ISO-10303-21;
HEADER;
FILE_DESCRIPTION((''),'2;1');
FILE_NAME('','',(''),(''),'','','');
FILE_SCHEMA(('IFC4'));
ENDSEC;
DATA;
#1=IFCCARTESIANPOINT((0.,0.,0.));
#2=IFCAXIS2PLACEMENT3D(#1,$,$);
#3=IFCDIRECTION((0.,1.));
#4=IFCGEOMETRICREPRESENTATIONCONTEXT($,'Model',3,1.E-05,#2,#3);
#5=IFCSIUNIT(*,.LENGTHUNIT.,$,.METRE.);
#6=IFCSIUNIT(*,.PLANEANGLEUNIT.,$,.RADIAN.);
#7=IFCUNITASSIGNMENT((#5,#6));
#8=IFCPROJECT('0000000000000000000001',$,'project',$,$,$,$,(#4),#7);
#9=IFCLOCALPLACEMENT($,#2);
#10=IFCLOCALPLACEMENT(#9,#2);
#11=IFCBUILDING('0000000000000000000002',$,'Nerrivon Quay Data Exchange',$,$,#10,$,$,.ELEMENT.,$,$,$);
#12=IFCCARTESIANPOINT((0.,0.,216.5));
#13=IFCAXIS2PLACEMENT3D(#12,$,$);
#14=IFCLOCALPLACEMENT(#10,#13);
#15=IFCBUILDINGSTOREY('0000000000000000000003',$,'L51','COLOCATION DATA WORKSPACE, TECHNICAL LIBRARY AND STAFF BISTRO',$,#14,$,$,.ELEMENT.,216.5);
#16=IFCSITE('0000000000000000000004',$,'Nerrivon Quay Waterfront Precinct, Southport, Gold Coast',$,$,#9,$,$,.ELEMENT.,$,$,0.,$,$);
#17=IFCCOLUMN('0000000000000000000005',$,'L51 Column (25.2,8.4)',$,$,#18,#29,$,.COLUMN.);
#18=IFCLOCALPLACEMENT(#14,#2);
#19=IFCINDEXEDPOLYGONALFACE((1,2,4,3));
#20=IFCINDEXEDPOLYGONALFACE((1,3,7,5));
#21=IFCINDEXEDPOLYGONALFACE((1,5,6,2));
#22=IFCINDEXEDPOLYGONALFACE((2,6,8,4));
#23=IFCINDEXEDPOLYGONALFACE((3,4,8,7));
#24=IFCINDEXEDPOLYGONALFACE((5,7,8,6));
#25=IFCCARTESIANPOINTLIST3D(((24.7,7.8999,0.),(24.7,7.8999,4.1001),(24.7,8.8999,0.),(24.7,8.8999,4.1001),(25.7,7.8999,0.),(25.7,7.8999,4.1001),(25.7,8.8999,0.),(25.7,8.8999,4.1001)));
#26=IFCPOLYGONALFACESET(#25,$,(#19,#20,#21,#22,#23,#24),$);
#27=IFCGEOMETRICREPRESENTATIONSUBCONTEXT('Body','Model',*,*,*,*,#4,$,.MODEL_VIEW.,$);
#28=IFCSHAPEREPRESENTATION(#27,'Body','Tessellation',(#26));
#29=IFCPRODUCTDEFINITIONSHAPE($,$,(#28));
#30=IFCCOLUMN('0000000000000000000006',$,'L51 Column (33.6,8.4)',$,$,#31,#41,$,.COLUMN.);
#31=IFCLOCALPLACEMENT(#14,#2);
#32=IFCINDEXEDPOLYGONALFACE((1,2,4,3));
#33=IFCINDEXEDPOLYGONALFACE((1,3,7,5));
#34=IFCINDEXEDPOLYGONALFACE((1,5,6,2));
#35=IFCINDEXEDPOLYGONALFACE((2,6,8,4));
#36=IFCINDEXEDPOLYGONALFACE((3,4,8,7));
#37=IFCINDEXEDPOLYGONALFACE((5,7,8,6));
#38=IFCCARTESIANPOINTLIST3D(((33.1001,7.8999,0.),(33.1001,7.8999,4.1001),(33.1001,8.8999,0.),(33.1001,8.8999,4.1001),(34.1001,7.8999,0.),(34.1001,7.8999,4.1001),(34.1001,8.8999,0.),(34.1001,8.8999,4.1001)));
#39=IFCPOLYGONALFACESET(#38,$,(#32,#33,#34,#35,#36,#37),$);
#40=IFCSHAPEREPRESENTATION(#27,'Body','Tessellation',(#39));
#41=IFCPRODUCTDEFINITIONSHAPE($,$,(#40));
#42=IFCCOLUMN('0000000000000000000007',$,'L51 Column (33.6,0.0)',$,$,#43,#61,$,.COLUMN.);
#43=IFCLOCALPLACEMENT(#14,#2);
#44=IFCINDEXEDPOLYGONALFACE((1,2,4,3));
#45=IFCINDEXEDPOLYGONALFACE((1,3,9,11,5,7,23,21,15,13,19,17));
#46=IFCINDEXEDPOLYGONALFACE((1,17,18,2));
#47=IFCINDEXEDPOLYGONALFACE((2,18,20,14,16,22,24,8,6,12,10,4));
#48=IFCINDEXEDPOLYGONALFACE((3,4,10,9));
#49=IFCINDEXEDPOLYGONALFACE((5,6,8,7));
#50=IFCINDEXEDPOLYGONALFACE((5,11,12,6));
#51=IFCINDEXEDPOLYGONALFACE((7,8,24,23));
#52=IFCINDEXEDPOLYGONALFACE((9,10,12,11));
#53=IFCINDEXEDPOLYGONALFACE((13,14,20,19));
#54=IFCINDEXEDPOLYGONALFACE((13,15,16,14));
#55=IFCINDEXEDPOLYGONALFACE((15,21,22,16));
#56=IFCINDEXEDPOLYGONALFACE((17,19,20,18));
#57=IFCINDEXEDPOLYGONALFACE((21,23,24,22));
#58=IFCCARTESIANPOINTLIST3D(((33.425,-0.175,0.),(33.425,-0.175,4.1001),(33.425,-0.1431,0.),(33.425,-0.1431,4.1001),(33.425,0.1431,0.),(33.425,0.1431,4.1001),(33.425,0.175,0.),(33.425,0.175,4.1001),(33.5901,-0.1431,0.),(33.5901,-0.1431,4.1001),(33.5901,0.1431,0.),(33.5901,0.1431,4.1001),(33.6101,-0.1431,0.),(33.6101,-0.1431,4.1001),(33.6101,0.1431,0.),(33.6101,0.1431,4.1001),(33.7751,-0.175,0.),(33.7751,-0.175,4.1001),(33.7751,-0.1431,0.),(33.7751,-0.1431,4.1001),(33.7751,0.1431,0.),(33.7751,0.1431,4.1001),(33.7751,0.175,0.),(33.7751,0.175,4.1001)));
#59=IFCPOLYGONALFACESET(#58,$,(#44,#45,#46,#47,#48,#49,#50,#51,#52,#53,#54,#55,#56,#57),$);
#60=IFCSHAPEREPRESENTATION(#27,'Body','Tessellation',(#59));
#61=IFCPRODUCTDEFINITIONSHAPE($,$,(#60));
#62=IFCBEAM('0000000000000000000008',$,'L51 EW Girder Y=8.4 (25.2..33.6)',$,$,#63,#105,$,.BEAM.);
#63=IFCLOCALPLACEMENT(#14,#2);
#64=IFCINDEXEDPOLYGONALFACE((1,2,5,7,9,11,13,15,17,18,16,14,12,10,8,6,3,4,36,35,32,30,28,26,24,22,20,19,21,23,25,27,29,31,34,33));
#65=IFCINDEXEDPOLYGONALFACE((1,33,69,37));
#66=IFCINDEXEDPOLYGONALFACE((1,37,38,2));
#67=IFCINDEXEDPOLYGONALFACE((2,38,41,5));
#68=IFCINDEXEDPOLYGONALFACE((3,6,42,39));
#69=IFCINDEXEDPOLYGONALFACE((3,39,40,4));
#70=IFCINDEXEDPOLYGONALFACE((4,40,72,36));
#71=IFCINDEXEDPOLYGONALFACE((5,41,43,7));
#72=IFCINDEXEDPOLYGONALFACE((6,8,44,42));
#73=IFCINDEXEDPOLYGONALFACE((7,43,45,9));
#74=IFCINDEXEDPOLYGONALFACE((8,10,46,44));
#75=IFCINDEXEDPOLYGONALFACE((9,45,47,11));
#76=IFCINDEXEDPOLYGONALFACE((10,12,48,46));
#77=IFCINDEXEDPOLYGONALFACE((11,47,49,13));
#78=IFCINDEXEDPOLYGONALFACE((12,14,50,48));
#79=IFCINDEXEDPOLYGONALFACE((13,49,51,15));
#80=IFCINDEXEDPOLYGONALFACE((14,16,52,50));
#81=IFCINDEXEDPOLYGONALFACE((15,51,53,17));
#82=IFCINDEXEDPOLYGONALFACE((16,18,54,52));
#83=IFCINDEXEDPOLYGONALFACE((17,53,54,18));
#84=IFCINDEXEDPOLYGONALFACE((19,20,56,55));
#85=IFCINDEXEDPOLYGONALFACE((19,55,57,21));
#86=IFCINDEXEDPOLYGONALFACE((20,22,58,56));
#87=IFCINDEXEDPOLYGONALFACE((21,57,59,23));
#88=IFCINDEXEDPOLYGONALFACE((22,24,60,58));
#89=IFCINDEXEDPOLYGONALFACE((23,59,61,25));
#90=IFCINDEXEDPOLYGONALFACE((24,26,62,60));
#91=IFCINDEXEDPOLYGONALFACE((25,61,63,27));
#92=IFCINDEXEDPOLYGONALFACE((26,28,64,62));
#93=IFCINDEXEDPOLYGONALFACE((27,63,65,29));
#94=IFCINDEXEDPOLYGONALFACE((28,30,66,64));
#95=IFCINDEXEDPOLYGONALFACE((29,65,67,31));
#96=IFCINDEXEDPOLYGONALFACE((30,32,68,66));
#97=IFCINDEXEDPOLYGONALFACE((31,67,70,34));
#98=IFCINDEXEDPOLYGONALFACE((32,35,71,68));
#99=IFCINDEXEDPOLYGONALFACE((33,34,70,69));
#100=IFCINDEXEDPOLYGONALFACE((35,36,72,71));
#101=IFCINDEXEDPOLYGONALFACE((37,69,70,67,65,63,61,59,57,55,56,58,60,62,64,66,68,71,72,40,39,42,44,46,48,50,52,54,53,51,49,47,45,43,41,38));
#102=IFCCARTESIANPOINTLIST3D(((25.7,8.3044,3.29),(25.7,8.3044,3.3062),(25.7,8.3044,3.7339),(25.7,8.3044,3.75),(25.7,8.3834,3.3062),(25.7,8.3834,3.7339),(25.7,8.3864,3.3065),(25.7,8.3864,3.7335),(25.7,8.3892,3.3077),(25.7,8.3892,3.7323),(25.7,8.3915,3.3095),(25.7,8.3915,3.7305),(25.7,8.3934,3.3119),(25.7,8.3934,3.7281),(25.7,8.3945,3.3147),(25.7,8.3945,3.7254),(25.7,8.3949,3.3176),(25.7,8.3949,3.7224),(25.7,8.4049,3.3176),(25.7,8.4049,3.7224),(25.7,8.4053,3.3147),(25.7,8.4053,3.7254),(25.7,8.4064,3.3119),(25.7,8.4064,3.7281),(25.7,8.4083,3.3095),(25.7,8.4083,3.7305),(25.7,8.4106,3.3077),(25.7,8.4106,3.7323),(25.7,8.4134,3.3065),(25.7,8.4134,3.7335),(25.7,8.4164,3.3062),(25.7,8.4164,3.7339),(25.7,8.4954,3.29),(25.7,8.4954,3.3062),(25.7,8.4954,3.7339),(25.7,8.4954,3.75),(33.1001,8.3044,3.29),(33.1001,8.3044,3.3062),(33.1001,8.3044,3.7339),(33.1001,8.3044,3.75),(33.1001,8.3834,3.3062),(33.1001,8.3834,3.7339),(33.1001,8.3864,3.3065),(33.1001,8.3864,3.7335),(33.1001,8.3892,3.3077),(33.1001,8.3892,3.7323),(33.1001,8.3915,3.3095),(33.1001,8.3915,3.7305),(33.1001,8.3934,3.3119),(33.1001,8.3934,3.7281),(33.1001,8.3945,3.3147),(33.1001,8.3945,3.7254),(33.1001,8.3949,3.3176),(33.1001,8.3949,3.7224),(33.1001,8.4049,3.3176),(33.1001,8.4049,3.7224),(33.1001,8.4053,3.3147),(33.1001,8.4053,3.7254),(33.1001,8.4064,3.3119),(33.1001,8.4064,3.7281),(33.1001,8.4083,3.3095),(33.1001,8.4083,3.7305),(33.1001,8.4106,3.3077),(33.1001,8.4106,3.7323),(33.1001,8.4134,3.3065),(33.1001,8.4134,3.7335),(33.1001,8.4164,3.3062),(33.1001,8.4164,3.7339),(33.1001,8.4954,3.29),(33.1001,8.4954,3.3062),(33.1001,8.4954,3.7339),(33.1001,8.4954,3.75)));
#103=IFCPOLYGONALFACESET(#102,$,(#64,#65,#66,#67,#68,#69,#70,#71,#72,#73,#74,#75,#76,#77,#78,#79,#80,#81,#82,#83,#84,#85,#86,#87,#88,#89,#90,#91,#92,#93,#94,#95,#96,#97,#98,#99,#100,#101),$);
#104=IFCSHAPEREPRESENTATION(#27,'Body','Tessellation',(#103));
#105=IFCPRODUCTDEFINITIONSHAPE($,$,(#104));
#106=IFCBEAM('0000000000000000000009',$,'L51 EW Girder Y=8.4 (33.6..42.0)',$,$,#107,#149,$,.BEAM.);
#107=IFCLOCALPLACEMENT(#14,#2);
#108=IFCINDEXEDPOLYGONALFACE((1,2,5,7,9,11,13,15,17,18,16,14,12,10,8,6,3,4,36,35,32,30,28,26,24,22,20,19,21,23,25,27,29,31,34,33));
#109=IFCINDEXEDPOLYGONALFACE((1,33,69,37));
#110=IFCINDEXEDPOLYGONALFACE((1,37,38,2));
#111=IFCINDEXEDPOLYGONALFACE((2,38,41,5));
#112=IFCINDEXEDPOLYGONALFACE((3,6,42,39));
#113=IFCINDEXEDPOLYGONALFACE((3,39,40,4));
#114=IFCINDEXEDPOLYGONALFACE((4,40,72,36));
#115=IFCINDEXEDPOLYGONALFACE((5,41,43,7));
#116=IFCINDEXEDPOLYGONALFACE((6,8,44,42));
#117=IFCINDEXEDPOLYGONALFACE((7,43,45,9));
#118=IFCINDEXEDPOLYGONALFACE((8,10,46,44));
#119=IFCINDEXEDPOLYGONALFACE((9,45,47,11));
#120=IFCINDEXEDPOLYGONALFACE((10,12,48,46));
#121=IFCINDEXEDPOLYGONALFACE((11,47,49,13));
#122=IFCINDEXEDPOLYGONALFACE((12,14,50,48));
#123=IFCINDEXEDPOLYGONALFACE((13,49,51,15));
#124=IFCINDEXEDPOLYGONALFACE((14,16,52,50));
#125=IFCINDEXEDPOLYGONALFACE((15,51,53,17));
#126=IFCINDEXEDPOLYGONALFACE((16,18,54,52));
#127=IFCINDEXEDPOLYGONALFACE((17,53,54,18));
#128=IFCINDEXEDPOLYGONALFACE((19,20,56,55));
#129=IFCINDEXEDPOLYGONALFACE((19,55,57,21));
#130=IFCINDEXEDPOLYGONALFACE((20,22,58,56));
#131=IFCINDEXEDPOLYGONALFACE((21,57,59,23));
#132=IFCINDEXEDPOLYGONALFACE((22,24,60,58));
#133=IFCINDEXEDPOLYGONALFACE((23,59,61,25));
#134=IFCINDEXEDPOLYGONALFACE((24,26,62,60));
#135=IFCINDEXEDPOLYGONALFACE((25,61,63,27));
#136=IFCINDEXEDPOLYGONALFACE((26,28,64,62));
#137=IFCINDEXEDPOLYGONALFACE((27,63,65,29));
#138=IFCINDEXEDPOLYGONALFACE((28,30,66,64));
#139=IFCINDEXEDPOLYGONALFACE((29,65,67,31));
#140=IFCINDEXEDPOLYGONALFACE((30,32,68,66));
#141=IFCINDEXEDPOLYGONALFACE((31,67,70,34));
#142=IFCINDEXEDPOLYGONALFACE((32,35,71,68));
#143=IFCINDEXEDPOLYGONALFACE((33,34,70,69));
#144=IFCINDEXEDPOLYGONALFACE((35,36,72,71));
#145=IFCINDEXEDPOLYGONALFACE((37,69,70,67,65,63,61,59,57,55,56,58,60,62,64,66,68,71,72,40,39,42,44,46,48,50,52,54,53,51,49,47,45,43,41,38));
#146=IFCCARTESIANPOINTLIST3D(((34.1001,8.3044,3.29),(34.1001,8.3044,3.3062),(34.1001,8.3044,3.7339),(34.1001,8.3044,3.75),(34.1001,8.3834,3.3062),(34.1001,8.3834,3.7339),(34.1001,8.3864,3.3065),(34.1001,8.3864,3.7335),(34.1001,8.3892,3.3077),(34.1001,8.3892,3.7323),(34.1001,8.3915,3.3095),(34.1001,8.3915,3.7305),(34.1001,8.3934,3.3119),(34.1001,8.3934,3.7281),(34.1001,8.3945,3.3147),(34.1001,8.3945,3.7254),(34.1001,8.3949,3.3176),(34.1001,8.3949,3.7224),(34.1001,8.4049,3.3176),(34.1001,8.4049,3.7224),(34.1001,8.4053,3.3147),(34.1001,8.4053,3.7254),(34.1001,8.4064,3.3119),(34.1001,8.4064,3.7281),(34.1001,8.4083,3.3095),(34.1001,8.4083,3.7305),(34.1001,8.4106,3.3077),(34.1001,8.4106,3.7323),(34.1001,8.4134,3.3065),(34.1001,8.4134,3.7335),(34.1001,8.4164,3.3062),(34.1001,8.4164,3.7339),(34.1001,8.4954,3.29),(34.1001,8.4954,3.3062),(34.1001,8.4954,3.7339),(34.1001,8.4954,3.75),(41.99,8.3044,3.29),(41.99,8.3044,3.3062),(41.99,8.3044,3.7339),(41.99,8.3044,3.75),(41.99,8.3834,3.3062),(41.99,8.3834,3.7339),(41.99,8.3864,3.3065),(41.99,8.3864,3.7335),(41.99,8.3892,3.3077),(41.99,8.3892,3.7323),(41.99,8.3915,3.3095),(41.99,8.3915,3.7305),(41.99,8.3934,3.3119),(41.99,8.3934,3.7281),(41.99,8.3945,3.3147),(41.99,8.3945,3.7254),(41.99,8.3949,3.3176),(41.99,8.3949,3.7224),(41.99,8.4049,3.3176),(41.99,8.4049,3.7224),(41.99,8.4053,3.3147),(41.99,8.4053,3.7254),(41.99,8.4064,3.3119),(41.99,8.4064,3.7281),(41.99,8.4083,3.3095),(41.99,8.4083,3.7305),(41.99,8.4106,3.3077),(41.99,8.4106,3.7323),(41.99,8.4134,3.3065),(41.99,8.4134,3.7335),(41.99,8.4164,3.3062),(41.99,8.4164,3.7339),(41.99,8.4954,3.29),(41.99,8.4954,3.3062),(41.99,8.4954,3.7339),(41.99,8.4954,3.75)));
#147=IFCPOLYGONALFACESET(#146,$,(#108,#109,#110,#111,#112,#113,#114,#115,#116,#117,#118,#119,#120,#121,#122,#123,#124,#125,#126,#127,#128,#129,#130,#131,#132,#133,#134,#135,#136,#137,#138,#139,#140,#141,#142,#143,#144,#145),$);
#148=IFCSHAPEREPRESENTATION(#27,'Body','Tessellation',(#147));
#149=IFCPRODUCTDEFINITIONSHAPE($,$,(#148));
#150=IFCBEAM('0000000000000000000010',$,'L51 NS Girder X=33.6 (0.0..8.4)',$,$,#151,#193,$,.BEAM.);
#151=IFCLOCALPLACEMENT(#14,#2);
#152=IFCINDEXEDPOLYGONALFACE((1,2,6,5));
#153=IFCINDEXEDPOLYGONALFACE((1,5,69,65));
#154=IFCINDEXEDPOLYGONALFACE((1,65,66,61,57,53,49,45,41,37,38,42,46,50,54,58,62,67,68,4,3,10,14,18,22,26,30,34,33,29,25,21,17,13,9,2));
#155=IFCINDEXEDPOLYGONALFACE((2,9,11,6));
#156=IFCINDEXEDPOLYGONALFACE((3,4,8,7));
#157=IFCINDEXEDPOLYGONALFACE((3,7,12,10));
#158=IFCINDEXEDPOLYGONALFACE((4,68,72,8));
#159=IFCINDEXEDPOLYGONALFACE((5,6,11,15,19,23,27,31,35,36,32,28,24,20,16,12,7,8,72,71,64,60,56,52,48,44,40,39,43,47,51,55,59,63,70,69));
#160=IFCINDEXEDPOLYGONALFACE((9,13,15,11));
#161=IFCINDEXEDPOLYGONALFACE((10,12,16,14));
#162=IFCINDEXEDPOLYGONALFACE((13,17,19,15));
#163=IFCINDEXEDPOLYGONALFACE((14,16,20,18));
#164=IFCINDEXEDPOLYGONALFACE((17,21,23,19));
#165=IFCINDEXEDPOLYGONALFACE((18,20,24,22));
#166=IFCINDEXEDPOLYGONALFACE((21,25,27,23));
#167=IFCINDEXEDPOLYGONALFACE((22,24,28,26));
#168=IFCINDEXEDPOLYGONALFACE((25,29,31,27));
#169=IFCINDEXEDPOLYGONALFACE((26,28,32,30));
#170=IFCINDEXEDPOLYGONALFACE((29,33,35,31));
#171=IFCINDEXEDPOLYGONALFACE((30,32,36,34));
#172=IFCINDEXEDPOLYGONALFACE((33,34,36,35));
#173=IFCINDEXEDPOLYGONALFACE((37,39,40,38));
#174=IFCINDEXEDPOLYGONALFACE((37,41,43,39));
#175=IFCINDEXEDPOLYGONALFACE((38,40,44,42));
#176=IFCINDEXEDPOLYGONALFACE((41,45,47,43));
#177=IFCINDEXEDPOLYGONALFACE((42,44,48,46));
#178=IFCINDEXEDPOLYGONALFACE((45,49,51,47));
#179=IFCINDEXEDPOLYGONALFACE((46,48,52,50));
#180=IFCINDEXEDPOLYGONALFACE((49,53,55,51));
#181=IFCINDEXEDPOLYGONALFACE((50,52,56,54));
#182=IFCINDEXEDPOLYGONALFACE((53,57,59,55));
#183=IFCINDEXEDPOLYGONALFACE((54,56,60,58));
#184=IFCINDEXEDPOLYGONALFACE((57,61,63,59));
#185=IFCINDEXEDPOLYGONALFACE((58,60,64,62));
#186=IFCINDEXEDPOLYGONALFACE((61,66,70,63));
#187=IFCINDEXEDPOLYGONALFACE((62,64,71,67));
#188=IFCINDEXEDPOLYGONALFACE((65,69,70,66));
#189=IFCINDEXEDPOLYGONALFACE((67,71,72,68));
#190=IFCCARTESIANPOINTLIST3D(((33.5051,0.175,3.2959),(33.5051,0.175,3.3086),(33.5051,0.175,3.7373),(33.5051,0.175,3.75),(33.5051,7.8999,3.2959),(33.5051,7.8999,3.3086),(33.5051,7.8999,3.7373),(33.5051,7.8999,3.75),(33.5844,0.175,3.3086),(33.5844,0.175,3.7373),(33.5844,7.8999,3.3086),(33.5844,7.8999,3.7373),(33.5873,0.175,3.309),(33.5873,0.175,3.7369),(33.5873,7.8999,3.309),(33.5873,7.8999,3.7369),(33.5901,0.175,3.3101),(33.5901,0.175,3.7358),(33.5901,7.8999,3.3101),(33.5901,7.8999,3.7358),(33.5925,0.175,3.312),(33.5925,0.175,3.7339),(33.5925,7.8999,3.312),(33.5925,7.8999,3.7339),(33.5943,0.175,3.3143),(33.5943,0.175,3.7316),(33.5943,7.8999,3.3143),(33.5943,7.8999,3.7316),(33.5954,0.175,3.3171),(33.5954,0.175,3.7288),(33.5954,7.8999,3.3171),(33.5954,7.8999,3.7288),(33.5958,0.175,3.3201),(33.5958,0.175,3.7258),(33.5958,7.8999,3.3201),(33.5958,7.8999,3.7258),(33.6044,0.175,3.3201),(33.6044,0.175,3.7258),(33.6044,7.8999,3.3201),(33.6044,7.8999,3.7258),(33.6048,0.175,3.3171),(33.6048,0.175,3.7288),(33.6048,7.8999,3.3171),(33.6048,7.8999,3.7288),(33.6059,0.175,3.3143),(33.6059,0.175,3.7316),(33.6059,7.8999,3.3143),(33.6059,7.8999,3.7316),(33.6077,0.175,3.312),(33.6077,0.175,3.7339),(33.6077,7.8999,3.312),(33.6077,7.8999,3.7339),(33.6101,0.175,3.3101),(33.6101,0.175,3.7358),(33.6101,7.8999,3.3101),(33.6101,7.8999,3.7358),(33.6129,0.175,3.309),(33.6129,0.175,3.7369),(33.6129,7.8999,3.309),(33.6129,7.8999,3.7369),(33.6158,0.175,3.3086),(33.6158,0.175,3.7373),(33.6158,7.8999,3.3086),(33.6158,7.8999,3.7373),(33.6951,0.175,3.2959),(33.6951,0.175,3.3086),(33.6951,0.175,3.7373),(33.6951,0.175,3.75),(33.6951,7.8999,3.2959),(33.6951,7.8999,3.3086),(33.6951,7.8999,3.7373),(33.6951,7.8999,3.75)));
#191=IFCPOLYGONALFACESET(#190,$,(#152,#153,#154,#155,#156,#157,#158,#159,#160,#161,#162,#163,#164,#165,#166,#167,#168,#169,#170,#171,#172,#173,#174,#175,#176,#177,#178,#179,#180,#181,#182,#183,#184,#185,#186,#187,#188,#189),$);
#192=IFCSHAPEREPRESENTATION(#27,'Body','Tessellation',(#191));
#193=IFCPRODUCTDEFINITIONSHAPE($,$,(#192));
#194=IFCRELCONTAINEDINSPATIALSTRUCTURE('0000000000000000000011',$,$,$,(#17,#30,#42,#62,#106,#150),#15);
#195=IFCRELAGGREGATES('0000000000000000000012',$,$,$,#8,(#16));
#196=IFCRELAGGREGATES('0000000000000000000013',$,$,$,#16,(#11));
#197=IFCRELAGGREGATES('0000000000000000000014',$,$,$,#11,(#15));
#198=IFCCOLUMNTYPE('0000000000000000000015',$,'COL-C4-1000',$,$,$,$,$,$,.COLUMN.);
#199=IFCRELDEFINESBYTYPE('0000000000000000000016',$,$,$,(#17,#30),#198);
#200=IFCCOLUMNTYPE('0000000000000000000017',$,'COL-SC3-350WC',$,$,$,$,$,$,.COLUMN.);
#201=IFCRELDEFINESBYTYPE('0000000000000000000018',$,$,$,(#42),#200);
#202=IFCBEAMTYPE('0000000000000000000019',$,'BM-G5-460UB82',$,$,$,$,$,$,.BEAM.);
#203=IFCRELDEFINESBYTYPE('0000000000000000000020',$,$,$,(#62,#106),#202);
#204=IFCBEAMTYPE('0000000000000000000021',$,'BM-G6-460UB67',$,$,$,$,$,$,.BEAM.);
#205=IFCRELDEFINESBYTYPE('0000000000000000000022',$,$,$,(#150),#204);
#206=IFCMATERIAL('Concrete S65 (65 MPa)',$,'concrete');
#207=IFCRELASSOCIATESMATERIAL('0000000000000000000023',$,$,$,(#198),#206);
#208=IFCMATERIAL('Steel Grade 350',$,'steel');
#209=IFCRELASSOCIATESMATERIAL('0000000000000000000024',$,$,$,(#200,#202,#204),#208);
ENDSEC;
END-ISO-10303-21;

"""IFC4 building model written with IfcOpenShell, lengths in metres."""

from ifc_helpers import new_model, si_unit, direction, frame, origin, origin_2d, place, context, subcontext, project, spatial, rectangle, i_section, extrude, material, material_profile, profile_set, type_object, element, save


model = new_model("IFC4")

# Units and contexts
model_context = context("Model", 3, precision=1e-05, world=origin(), true_north=direction((0.0, 1.0)))
body_context = subcontext(model_context, "Body", "Model", "MODEL_VIEW")
ifc_project = project(units=[si_unit("LENGTHUNIT", "METRE"), si_unit("PLANEANGLEUNIT", "RADIAN")], contexts=[model_context])

# Site, building, storey
site_placement = place(None, origin())
site = spatial("IfcSite", under=ifc_project, at=site_placement, Name="Nerrivon Quay Waterfront Precinct, Southport, Gold Coast", CompositionType="ELEMENT", RefElevation=0.0)
building_placement = place(site_placement, origin())
building = spatial("IfcBuilding", under=site, at=building_placement, Name="Nerrivon Quay Data Exchange", CompositionType="ELEMENT")
storey_placement = place(building_placement, frame((0.0, 0.0, 216.5)))
storey = spatial("IfcBuildingStorey", under=building, at=storey_placement, Name="L51", Description="COLOCATION DATA WORKSPACE, TECHNICAL LIBRARY AND STAFF BISTRO", CompositionType="ELEMENT", Elevation=216.5)

# Columns
ifc_material_1 = material(Name="Concrete S65 (65 MPa)", Category="concrete")
ifc_material_profile_1 = material_profile(ifc_material_1, rectangle(XDim=1.0, YDim=1.0, at=origin_2d()), Name="RC-COL-1000x1000")
ifc_profile_set_1 = profile_set([ifc_material_profile_1], Name="Concrete S65 (65 MPa)")
column_type_1 = type_object("IfcColumnType", Name="COL-C4-1000", PredefinedType="COLUMN", material=ifc_profile_set_1)
for number, where, z_axis, x_axis, name in (
    (1, (25.2, 8.3999, 0.0), (0.0, 0.0, 1.0), (1.0, 0.0, 0.0), "L51 Column (25.2,8.4)"),
    (2, (33.6001, 8.3999, 0.0), (0.0, 0.0, 1.0), (1.0, 0.0, 0.0), "L51 Column (33.6,8.4)"),
):
    element("IfcColumn", number, at=place(storey_placement, frame(where, z_axis=z_axis, x_axis=x_axis)), inside=storey, type_object=column_type_1, Name=name, PredefinedType="COLUMN", context=body_context, shape_type="SweptSolid", body=[
        extrude(rectangle(XDim=1.0, YDim=1.0, at=origin_2d()), origin(), (0.0, 0.0, 1.0), 4.1001),
    ])
ifc_material_2 = material(Name="Steel Grade 350", Category="steel")
ifc_material_profile_2 = material_profile(ifc_material_2, i_section(OverallWidth=0.3501, OverallDepth=0.3501, WebThickness=0.02, FlangeThickness=0.032, at=origin_2d()), Name="350WC230")
ifc_profile_set_2 = profile_set([ifc_material_profile_2], Name="Steel Grade 350")
column_type_2 = type_object("IfcColumnType", Name="COL-SC3-350WC", PredefinedType="COLUMN", material=ifc_profile_set_2)
column_placement = place(storey_placement, frame((33.6001, 0.0, 0.0), z_axis=(0.0, 0.0, 1.0), x_axis=(1.0, 0.0, 0.0)))
element("IfcColumn", 3, at=column_placement, inside=storey, type_object=column_type_2, Name="L51 Column (33.6,0.0)", PredefinedType="COLUMN", context=body_context, shape_type="SweptSolid", body=[
    extrude(i_section(OverallWidth=0.3501, OverallDepth=0.3501, WebThickness=0.02, FlangeThickness=0.032, at=origin_2d()), origin(), (0.0, 0.0, 1.0), 4.1001),
])

# Beams
ifc_material_profile_3 = material_profile(ifc_material_2, i_section(OverallWidth=0.1909, OverallDepth=0.46, WebThickness=0.01, FlangeThickness=0.0161, FilletRadius=0.0115, at=origin_2d()), Name="460UB82.1")
ifc_profile_set_3 = profile_set([ifc_material_profile_3], Name="Steel Grade 350")
beam_type_1 = type_object("IfcBeamType", Name="BM-G5-460UB82", PredefinedType="BEAM", material=ifc_profile_set_3)
beam_1_placement = place(storey_placement, frame((25.7, 8.3999, 3.52), z_axis=(1.0, 0.0, 0.0), x_axis=(0.0, 1.0, 0.0)))
element("IfcBeam", 4, at=beam_1_placement, inside=storey, type_object=beam_type_1, Name="L51 EW Girder Y=8.4 (25.2..33.6)", PredefinedType="BEAM", context=body_context, shape_type="SweptSolid", body=[
    extrude(i_section(OverallWidth=0.1909, OverallDepth=0.46, WebThickness=0.01, FlangeThickness=0.0161, FilletRadius=0.0115, at=origin_2d()), origin(), (0.0, 0.0, 1.0), 7.4001),
])
beam_2_placement = place(storey_placement, frame((34.1001, 8.3999, 3.52), z_axis=(1.0, 0.0, 0.0), x_axis=(0.0, 1.0, 0.0)))
element("IfcBeam", 5, at=beam_2_placement, inside=storey, type_object=beam_type_1, Name="L51 EW Girder Y=8.4 (33.6..42.0)", PredefinedType="BEAM", context=body_context, shape_type="SweptSolid", body=[
    extrude(i_section(OverallWidth=0.1909, OverallDepth=0.46, WebThickness=0.01, FlangeThickness=0.0161, FilletRadius=0.0115, at=origin_2d()), origin(), (0.0, 0.0, 1.0), 7.8899),
])
ifc_material_profile_4 = material_profile(ifc_material_2, i_section(OverallWidth=0.1899, OverallDepth=0.4541, WebThickness=0.0085, FlangeThickness=0.0127, FilletRadius=0.0115, at=origin_2d()), Name="460UB67.1")
ifc_profile_set_4 = profile_set([ifc_material_profile_4], Name="Steel Grade 350")
beam_type_2 = type_object("IfcBeamType", Name="BM-G6-460UB67", PredefinedType="BEAM", material=ifc_profile_set_4)
beam_3_placement = place(storey_placement, frame((33.6001, 0.175, 3.5229), z_axis=(0.0, 1.0, 0.0), x_axis=(-1.0, 0.0, 0.0)))
element("IfcBeam", 6, at=beam_3_placement, inside=storey, type_object=beam_type_2, Name="L51 NS Girder X=33.6 (0.0..8.4)", PredefinedType="BEAM", context=body_context, shape_type="SweptSolid", body=[
    extrude(i_section(OverallWidth=0.1899, OverallDepth=0.4541, WebThickness=0.0085, FlangeThickness=0.0127, FilletRadius=0.0115, at=origin_2d()), origin(), (0.0, 0.0, 1.0), 7.7249),
])

save(model, "model.ifc")
